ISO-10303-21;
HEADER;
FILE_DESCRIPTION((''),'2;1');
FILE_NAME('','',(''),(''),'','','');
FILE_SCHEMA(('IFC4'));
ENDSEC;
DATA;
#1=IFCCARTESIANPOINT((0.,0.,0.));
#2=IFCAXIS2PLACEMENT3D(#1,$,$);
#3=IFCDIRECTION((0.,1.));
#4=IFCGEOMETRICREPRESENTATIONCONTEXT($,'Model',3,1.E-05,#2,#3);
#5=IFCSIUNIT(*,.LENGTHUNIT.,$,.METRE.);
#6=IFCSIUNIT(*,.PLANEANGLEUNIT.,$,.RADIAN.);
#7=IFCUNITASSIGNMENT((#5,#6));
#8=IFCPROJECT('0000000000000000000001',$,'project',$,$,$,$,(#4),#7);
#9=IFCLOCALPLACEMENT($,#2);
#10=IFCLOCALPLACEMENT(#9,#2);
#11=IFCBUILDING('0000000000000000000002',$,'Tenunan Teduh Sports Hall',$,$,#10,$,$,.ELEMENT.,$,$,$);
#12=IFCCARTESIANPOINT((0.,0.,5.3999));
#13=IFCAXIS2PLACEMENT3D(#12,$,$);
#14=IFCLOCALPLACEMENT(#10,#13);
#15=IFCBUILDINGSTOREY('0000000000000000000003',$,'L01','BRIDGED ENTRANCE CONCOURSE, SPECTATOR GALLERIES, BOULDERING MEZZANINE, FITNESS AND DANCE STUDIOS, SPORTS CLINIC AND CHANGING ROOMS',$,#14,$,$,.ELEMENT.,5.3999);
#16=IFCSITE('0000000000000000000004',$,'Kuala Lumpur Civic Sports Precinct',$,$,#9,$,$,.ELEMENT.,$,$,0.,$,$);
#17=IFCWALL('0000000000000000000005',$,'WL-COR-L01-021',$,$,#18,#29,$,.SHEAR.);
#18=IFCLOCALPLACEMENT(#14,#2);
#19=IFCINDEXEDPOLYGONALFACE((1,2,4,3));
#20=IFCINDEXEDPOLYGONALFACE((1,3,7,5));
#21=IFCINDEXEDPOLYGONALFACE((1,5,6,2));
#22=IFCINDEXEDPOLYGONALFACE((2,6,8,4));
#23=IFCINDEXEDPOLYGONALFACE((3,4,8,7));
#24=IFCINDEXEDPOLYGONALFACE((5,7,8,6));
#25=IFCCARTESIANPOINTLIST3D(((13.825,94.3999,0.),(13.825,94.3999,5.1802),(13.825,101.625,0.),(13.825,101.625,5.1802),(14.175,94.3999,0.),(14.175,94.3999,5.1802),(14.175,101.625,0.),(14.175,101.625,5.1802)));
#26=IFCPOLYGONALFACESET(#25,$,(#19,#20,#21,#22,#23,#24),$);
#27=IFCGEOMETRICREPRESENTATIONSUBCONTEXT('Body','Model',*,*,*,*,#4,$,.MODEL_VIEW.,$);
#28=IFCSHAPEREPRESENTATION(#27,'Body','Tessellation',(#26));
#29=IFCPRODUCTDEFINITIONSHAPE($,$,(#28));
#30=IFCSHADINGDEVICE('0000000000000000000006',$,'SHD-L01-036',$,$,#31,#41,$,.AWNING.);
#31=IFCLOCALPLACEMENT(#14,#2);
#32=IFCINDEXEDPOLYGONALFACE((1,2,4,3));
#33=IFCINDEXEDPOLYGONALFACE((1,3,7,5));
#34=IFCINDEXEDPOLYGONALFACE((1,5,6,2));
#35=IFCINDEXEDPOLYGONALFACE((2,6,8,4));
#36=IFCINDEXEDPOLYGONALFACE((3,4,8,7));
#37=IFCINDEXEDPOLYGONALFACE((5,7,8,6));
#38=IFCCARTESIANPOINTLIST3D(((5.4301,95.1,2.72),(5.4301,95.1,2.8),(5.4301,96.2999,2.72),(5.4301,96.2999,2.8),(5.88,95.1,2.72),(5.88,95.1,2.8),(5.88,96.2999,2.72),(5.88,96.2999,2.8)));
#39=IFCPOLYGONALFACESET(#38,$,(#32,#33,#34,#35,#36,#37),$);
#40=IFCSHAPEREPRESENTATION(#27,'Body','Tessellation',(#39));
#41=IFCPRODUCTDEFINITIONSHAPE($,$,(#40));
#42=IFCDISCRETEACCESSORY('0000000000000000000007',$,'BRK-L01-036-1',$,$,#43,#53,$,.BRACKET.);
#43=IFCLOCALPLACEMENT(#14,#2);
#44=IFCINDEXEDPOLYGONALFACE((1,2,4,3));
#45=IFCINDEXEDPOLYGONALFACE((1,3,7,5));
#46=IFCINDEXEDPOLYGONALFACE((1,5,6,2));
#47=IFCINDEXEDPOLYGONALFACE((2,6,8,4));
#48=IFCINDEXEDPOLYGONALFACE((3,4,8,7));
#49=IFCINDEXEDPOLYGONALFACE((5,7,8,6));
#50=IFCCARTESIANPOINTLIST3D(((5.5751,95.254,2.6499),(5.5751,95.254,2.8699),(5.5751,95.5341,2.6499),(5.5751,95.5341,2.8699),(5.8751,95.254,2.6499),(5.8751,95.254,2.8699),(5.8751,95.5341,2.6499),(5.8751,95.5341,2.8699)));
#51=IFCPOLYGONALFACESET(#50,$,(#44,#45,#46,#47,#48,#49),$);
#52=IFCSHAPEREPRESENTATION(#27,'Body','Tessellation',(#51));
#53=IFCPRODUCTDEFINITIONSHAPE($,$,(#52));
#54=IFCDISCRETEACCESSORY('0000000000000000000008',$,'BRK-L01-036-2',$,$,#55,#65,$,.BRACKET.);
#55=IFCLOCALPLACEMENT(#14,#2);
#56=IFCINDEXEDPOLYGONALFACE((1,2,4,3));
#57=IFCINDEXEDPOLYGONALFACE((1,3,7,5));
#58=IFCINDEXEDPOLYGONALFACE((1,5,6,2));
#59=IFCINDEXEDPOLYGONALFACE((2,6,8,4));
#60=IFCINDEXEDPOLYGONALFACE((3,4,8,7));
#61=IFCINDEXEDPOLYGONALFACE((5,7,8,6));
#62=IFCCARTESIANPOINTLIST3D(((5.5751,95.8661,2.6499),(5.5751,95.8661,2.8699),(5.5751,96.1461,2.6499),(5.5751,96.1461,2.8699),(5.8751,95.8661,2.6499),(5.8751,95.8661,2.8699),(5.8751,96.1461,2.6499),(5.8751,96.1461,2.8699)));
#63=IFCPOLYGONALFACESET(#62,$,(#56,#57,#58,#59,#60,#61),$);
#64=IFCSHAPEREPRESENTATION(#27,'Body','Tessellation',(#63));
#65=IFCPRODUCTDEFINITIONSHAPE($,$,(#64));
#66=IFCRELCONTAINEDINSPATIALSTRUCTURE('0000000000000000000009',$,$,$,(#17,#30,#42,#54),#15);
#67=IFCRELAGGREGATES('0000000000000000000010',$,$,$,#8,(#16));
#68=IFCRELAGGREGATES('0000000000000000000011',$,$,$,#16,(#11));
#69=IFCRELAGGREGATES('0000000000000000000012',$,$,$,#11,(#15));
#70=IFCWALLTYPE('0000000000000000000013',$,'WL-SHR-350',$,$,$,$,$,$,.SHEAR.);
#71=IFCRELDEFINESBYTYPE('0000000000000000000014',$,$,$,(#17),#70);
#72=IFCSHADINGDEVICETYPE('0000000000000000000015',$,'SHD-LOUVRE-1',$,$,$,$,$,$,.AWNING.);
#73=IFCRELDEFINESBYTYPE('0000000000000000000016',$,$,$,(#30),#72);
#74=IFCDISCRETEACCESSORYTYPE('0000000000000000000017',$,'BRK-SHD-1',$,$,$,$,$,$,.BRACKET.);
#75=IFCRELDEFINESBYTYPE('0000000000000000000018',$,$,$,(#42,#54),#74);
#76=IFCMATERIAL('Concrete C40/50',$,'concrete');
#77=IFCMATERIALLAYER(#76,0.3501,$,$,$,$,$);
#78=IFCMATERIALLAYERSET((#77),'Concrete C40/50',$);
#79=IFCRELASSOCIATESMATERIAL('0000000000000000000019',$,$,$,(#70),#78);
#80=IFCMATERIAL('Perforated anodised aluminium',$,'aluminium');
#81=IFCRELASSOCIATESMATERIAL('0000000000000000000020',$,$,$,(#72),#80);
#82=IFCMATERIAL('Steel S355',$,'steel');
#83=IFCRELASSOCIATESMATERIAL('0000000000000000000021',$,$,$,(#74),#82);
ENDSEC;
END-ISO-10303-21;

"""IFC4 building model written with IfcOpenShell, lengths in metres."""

from ifc_helpers import new_model, si_unit, direction, frame, frame_2d, origin, origin_2d, place, context, subcontext, project, spatial, rectangle, extrude, material, layer, layer_set, type_object, element, save


model = new_model("IFC4")

# Units and contexts
model_context = context("Model", 3, precision=1e-05, world=origin(), true_north=direction((0.0, 1.0)))
body_context = subcontext(model_context, "Body", "Model", "MODEL_VIEW")
ifc_project = project(units=[si_unit("LENGTHUNIT", "METRE"), si_unit("PLANEANGLEUNIT", "RADIAN")], contexts=[model_context])

# Site, building, storey
site_placement = place(None, origin())
site = spatial("IfcSite", under=ifc_project, at=site_placement, Name="Kuala Lumpur Civic Sports Precinct", CompositionType="ELEMENT", RefElevation=0.0)
building_placement = place(site_placement, origin())
building = spatial("IfcBuilding", under=site, at=building_placement, Name="Tenunan Teduh Sports Hall", CompositionType="ELEMENT")
storey_placement = place(building_placement, frame((0.0, 0.0, 5.3999)))
storey = spatial("IfcBuildingStorey", under=building, at=storey_placement, Name="L01", Description="BRIDGED ENTRANCE CONCOURSE, SPECTATOR GALLERIES, BOULDERING MEZZANINE, FITNESS AND DANCE STUDIOS, SPORTS CLINIC AND CHANGING ROOMS", CompositionType="ELEMENT", Elevation=5.3999)

# Wall
ifc_material_1 = material(Name="Concrete C40/50", Category="concrete")
ifc_layer_1 = layer(ifc_material_1, 0.3501)
ifc_layer_set_1 = layer_set([ifc_layer_1], Name="Concrete C40/50")
wall_type_1 = type_object("IfcWallType", Name="WL-SHR-350", PredefinedType="SHEAR", material=ifc_layer_set_1)
wall_1_placement = place(storey_placement, frame((14.0, 94.3999, 0.0), z_axis=(0.0, 0.0, 1.0), x_axis=(0.0, 1.0, 0.0)))
element("IfcWall", 1, at=wall_1_placement, inside=storey, type_object=wall_type_1, Name="WL-COR-L01-021", PredefinedType="SHEAR", context=body_context, shape_type="SweptSolid", body=[
    extrude(rectangle(XDim=7.2251, YDim=0.3501, at=frame_2d((3.6125, 0.0))), origin(), (0.0, 0.0, 1.0), 5.1802),
])

# Shading device
ifc_material_2 = material(Name="Perforated anodised aluminium", Category="aluminium")
shading_device_type = type_object("IfcShadingDeviceType", Name="SHD-LOUVRE-1", PredefinedType="AWNING", material=ifc_material_2)
shading_device_placement = place(storey_placement, frame((5.655, 95.7, 2.72), z_axis=(0.0, 0.0, 1.0), x_axis=(0.0, 1.0, 0.0)))
element("IfcShadingDevice", 2, at=shading_device_placement, inside=storey, type_object=shading_device_type, Name="SHD-L01-036", PredefinedType="AWNING", context=body_context, shape_type="SweptSolid", body=[
    extrude(rectangle(XDim=1.2, YDim=0.45, at=origin_2d()), origin(), (0.0, 0.0, 1.0), 0.0801),
])

# Discrete accessories
ifc_material_3 = material(Name="Steel S355", Category="steel")
discrete_accessory_type = type_object("IfcDiscreteAccessoryType", Name="BRK-SHD-1", PredefinedType="BRACKET", material=ifc_material_3)
for number, where, z_axis, x_axis, name in (
    (3, (5.7251, 95.394, 2.6499), (0.0, 0.0, 1.0), (0.0, 1.0, 0.0), "BRK-L01-036-1"),
    (4, (5.7251, 96.0061, 2.6499), (0.0, 0.0, 1.0), (0.0, 1.0, 0.0), "BRK-L01-036-2"),
):
    element("IfcDiscreteAccessory", number, at=place(storey_placement, frame(where, z_axis=z_axis, x_axis=x_axis)), inside=storey, type_object=discrete_accessory_type, Name=name, PredefinedType="BRACKET", context=body_context, shape_type="SweptSolid", body=[
        extrude(rectangle(XDim=0.28, YDim=0.3, at=origin_2d()), origin(), (0.0, 0.0, 1.0), 0.22),
    ])

save(model, "model.ifc")
